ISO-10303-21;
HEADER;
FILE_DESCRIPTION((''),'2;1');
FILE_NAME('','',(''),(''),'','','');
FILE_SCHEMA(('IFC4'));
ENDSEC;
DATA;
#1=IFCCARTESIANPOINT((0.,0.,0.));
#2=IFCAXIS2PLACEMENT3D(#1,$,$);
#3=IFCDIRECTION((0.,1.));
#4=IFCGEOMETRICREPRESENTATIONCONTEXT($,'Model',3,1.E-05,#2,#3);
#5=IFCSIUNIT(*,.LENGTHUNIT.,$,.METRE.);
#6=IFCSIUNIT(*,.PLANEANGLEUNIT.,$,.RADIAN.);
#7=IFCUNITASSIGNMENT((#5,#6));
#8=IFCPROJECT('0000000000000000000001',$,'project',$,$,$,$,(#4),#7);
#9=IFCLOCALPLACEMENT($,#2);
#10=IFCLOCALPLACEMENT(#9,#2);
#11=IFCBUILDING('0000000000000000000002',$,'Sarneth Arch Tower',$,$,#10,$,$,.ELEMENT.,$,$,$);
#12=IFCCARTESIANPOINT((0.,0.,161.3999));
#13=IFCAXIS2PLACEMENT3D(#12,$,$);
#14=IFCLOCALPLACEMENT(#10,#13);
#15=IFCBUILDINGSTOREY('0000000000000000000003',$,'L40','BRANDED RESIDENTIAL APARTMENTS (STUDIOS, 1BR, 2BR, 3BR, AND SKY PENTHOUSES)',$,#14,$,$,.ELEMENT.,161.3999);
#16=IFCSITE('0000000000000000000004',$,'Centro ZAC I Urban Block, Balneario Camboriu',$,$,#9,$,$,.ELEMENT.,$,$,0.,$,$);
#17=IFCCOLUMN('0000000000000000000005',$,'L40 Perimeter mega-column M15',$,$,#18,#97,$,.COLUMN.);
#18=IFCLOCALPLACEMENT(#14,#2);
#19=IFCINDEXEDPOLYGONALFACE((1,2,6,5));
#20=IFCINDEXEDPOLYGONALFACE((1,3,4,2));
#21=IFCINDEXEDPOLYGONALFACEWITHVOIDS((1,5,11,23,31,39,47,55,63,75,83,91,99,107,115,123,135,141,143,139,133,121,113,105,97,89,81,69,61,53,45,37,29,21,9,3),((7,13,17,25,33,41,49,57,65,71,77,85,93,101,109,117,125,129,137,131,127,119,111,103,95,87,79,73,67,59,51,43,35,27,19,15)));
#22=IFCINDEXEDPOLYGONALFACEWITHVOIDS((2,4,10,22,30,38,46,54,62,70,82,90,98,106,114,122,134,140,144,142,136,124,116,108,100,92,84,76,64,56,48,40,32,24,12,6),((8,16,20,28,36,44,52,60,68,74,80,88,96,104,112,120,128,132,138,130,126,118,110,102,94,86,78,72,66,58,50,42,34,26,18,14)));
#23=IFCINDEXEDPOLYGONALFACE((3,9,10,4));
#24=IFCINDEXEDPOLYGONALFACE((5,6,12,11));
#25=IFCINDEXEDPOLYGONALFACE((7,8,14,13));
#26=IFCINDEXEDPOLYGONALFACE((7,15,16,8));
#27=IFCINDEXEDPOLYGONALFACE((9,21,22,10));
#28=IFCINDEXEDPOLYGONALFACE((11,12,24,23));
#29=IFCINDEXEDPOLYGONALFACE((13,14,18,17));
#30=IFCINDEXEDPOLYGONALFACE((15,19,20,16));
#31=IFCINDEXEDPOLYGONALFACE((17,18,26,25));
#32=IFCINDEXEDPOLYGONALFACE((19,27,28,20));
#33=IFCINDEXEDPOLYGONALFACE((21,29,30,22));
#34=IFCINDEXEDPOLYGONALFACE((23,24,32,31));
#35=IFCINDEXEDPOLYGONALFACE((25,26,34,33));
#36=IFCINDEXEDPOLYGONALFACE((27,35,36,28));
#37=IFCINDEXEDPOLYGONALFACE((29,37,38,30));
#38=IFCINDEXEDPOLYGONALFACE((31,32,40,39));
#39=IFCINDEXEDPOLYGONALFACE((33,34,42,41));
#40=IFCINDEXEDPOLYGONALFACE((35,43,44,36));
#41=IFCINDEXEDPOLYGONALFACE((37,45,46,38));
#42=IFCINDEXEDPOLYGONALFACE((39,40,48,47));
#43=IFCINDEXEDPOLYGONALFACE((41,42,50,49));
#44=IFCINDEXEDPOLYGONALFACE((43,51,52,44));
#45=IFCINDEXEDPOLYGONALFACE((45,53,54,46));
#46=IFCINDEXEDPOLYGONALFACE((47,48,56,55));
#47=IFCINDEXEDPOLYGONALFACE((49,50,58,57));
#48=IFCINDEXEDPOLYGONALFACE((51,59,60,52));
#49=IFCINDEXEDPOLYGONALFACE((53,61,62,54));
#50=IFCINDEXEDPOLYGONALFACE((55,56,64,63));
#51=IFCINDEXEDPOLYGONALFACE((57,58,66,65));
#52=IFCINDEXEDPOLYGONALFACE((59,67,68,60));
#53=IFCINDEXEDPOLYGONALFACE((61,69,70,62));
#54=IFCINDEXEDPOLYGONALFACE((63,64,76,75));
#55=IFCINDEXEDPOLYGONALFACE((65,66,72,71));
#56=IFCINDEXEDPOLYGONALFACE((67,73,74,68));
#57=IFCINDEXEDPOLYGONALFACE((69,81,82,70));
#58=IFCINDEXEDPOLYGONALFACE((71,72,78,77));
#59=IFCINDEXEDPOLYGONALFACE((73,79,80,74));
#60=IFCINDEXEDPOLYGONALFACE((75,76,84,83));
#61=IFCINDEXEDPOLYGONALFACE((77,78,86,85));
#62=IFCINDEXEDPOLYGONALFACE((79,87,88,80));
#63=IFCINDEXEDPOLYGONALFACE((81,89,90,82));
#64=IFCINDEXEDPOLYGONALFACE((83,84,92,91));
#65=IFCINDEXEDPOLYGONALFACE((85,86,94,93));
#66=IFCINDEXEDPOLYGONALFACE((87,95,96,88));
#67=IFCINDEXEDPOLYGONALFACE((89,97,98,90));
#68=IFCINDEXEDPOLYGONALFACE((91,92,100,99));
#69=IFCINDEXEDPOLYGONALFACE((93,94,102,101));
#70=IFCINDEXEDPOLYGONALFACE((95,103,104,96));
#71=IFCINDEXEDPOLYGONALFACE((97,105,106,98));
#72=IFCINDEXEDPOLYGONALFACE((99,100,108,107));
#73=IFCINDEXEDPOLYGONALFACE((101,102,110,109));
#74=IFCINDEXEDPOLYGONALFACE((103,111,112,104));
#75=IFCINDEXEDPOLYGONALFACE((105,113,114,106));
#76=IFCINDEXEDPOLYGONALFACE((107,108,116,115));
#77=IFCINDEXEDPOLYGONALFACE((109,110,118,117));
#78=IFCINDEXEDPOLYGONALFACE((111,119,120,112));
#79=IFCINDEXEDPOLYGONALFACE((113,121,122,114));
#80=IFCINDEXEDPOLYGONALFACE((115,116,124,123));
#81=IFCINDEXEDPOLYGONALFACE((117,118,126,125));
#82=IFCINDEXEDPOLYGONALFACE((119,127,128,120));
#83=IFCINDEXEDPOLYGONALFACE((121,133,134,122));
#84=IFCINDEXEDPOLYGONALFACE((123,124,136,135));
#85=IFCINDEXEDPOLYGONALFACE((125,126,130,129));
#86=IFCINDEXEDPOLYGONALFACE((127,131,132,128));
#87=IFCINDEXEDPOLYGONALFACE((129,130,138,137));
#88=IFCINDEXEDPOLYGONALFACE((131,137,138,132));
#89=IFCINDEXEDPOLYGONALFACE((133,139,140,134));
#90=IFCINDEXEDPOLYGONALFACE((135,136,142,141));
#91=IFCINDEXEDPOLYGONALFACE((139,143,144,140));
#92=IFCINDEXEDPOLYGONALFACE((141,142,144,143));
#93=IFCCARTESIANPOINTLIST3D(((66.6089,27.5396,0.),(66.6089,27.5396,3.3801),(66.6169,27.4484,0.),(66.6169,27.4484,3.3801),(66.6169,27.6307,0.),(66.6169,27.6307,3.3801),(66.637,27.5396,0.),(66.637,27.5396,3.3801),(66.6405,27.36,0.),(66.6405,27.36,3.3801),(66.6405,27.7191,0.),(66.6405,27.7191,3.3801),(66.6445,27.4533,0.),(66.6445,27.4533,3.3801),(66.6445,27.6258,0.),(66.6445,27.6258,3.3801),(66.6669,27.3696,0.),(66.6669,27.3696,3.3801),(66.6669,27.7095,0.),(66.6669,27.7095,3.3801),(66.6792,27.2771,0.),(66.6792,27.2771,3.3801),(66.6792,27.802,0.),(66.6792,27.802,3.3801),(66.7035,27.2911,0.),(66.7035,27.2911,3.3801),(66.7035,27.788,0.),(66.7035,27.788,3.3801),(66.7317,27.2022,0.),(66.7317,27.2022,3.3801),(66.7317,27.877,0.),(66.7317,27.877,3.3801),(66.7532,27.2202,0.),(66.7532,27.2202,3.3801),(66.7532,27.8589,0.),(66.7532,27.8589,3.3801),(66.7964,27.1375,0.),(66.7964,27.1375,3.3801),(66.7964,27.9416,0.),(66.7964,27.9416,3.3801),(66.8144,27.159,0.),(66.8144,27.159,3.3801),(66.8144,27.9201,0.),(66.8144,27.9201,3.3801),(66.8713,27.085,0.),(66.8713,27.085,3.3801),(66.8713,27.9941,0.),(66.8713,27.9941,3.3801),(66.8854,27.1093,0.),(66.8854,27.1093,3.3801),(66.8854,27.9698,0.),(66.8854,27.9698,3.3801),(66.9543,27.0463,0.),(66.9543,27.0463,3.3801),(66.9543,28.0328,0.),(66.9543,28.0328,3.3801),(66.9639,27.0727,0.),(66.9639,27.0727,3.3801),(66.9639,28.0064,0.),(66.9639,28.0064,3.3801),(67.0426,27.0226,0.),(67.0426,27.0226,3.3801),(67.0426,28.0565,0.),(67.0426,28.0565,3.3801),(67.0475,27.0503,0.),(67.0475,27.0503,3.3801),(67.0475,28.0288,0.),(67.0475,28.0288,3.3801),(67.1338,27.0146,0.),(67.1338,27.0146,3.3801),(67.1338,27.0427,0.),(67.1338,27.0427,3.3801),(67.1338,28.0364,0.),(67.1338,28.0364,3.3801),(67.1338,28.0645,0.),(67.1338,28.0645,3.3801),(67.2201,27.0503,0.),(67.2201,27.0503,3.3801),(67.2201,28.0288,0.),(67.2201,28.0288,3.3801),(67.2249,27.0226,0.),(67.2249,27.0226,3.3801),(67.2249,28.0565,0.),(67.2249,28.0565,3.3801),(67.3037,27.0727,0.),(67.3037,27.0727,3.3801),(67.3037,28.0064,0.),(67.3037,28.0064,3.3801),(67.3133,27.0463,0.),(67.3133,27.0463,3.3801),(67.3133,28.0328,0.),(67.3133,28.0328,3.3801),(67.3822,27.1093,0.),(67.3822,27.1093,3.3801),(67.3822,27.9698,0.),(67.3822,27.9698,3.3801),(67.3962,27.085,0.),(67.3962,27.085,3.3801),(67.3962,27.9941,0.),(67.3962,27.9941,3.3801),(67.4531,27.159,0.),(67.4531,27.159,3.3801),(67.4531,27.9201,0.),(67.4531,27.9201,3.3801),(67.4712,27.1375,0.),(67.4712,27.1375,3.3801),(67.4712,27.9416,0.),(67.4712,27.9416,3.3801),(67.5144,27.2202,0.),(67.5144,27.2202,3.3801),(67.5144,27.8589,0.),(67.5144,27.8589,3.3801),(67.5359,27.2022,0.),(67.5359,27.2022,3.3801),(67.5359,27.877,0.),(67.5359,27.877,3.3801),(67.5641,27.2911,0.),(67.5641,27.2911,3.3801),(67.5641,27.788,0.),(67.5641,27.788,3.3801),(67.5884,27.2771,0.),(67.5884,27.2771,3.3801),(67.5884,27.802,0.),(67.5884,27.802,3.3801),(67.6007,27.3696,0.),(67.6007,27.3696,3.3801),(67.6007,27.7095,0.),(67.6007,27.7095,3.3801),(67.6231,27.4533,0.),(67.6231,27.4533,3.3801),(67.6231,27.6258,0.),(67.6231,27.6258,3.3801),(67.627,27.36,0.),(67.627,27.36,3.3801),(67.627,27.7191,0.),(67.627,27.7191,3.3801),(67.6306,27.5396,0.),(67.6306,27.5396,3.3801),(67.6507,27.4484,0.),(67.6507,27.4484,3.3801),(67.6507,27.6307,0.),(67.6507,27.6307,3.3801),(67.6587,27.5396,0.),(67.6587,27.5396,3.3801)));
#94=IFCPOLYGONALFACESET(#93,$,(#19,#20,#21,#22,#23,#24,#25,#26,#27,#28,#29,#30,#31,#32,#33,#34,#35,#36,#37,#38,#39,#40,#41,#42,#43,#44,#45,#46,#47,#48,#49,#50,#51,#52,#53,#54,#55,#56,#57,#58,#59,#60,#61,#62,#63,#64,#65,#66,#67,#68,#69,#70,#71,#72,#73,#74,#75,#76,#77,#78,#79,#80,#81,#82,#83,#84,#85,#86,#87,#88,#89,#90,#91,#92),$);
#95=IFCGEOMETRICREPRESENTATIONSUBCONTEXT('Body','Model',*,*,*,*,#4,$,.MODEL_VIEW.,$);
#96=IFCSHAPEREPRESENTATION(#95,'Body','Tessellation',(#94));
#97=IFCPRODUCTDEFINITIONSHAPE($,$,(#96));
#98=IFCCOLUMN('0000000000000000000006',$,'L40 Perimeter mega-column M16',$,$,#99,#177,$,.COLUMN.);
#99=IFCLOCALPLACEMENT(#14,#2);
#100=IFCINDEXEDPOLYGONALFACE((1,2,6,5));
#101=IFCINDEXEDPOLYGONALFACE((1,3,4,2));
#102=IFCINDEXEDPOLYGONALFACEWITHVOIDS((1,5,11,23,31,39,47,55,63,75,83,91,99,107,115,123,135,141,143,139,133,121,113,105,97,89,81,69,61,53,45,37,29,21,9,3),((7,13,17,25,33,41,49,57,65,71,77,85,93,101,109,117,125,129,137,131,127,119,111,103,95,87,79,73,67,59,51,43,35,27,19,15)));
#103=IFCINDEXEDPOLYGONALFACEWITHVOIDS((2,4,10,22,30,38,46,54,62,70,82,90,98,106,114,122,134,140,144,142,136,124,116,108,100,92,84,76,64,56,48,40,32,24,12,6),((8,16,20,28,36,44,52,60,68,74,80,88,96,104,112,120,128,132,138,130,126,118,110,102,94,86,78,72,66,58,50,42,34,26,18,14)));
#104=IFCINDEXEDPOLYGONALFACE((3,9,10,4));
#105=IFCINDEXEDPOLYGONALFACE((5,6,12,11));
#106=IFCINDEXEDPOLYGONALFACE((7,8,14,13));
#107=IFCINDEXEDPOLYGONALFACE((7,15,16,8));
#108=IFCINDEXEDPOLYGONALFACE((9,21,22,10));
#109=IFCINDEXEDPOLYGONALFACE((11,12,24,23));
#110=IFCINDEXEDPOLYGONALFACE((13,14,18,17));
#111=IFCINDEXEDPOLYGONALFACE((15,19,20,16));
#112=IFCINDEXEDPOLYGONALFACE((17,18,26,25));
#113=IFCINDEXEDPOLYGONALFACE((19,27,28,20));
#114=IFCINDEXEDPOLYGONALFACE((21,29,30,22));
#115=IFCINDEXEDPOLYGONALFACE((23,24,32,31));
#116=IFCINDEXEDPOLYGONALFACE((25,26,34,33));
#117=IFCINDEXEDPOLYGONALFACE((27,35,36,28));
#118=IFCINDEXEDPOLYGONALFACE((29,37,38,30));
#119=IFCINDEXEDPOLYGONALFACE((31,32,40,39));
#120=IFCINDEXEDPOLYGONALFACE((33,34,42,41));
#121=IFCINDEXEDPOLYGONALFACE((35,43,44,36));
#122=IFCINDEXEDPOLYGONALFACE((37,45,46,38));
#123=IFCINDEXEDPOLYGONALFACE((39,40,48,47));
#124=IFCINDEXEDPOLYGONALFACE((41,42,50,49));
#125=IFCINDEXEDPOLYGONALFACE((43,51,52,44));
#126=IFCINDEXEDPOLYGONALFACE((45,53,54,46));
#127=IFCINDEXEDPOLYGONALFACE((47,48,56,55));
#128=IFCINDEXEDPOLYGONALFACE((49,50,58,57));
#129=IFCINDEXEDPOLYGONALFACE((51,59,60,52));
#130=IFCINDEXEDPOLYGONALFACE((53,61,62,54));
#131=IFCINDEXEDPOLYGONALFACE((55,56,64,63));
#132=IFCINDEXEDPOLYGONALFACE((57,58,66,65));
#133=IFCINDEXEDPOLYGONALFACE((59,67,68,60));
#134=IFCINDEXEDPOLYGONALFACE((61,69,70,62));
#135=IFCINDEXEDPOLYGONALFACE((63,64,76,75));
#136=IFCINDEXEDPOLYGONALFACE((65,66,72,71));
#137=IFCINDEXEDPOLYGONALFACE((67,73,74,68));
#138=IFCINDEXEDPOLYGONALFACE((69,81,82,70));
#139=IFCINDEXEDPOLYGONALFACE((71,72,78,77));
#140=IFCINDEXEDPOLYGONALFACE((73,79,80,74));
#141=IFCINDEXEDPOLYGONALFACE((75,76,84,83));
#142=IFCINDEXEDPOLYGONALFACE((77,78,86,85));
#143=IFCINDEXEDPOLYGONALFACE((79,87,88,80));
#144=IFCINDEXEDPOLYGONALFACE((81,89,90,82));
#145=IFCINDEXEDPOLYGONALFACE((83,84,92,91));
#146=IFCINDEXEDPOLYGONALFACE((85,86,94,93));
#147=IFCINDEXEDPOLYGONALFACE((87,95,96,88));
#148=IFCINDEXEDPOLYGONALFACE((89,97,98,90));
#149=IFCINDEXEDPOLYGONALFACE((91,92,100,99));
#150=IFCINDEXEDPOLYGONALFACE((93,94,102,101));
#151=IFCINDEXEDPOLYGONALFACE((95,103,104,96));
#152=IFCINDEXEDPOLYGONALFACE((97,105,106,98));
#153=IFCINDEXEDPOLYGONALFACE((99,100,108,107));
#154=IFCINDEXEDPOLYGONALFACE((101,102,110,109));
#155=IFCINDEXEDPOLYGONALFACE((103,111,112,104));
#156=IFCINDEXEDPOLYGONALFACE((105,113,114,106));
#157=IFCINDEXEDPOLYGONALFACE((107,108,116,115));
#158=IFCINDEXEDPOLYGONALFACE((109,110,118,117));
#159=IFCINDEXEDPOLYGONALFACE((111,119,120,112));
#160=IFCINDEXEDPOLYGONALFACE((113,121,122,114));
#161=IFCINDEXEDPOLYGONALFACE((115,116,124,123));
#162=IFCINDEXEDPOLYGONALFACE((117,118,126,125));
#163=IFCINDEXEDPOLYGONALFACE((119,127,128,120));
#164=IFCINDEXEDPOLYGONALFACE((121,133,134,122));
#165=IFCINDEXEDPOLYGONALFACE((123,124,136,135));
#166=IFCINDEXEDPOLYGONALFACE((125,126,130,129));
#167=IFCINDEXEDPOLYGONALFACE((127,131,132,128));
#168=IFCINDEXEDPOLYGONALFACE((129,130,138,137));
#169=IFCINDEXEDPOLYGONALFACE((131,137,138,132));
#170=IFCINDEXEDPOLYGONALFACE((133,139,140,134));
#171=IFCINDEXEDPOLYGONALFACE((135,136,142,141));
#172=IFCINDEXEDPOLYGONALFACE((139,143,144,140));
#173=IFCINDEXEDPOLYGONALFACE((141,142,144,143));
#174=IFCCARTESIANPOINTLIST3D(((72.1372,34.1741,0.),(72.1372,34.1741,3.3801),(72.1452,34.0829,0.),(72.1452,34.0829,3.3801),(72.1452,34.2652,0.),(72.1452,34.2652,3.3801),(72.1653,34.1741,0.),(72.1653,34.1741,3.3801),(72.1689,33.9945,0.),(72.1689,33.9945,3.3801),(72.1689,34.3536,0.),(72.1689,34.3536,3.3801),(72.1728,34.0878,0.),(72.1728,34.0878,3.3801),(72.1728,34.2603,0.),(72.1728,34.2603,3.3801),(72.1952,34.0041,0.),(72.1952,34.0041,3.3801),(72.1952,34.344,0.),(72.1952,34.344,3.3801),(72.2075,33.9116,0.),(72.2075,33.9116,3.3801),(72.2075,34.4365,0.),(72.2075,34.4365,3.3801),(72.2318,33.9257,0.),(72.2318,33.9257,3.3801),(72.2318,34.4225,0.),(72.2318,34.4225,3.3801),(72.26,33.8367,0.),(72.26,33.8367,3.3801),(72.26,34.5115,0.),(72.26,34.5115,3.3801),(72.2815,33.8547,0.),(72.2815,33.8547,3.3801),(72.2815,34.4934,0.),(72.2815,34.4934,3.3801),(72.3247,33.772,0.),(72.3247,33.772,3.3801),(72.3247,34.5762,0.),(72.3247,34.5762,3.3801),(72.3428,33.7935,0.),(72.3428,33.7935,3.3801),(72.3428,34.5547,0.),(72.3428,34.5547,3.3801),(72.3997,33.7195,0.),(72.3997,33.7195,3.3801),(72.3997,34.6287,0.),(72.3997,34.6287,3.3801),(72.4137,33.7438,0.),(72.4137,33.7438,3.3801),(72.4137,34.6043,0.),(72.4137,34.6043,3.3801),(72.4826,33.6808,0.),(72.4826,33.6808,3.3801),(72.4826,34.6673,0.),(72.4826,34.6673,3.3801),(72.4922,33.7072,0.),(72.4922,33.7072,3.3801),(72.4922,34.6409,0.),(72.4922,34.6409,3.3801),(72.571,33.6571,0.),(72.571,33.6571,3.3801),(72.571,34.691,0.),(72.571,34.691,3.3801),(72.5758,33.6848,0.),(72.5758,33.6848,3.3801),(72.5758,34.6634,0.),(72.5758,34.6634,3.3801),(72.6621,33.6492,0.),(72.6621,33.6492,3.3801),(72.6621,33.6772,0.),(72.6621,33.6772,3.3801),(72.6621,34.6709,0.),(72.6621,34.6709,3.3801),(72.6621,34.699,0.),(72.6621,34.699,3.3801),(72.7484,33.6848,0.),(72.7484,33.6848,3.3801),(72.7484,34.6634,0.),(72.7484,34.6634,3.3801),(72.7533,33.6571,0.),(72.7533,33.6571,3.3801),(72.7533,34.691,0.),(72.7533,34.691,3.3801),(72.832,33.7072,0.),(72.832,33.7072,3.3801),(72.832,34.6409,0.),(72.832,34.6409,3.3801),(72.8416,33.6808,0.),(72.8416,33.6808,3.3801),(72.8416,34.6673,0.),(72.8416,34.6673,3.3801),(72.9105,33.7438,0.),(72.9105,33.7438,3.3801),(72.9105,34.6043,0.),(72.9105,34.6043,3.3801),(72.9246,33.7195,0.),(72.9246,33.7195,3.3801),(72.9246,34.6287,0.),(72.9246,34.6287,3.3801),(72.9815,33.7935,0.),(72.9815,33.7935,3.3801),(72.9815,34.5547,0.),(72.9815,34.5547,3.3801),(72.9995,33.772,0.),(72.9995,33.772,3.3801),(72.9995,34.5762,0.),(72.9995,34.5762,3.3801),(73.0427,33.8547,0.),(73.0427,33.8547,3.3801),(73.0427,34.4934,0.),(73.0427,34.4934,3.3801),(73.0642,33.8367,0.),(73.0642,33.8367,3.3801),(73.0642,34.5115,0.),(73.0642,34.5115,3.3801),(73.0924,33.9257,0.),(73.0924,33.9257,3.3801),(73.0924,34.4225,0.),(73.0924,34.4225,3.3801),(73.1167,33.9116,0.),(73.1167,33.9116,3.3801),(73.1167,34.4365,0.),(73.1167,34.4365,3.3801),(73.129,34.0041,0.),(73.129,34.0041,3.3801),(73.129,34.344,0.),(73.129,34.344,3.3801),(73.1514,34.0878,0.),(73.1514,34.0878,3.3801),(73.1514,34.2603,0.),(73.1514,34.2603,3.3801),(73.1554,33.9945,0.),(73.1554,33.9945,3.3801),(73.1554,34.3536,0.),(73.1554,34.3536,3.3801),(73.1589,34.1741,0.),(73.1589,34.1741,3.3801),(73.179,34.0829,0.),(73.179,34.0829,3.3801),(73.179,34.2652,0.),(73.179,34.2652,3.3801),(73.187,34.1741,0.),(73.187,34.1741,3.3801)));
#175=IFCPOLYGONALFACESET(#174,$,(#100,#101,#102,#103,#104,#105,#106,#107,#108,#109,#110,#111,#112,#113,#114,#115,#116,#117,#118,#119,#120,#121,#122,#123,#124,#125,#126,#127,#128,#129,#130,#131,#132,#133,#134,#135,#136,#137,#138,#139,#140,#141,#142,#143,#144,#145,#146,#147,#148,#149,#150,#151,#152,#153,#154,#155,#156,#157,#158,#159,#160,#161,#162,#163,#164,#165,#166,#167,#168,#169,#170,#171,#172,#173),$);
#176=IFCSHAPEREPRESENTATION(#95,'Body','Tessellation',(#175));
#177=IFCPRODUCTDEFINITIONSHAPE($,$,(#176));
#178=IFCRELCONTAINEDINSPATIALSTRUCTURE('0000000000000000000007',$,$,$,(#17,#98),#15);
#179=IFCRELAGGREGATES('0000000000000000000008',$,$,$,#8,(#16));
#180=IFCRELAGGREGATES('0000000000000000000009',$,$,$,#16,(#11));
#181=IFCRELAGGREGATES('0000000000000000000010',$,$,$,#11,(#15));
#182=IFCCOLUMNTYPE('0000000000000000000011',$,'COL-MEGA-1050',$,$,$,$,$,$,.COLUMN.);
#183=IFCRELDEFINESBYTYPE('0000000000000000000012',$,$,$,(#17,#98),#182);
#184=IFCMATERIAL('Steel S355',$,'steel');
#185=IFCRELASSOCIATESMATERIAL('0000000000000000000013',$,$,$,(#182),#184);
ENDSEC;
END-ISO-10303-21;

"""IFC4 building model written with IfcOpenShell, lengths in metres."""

from ifc_helpers import new_model, si_unit, direction, frame, origin, origin_2d, place, context, subcontext, project, spatial, hollow_circle, extrude, material, material_profile, profile_set, type_object, element, save


model = new_model("IFC4")

# Units and contexts
model_context = context("Model", 3, precision=1e-05, world=origin(), true_north=direction((0.0, 1.0)))
body_context = subcontext(model_context, "Body", "Model", "MODEL_VIEW")
ifc_project = project(units=[si_unit("LENGTHUNIT", "METRE"), si_unit("PLANEANGLEUNIT", "RADIAN")], contexts=[model_context])

# Site, building, storey
site_placement = place(None, origin())
site = spatial("IfcSite", under=ifc_project, at=site_placement, Name="Centro ZAC I Urban Block, Balneario Camboriu", CompositionType="ELEMENT", RefElevation=0.0)
building_placement = place(site_placement, origin())
building = spatial("IfcBuilding", under=site, at=building_placement, Name="Sarneth Arch Tower", CompositionType="ELEMENT")
storey_placement = place(building_placement, frame((0.0, 0.0, 161.3999)))
storey = spatial("IfcBuildingStorey", under=building, at=storey_placement, Name="L40", Description="BRANDED RESIDENTIAL APARTMENTS (STUDIOS, 1BR, 2BR, 3BR, AND SKY PENTHOUSES)", CompositionType="ELEMENT", Elevation=161.3999)

# Columns
ifc_material_1 = material(Name="Steel S355", Category="steel")
ifc_material_profile_1 = material_profile(ifc_material_1, hollow_circle(Radius=0.5249, WallThickness=0.0281, at=origin_2d()), Name="CHS1050x28")
ifc_profile_set_1 = profile_set([ifc_material_profile_1], Name="Steel S355")
column_type = type_object("IfcColumnType", Name="COL-MEGA-1050", PredefinedType="COLUMN", material=ifc_profile_set_1)
for number, where, z_axis, x_axis, name in (
    (1, (67.1338, 27.5396, 0.0), (0.0, 0.0, 1.0), (1.0, 0.0, 0.0), "L40 Perimeter mega-column M15"),
    (2, (72.6621, 34.1741, 0.0), (0.0, 0.0, 1.0), (1.0, 0.0, 0.0), "L40 Perimeter mega-column M16"),
):
    element("IfcColumn", number, at=place(storey_placement, frame(where, z_axis=z_axis, x_axis=x_axis)), inside=storey, type_object=column_type, Name=name, PredefinedType="COLUMN", context=body_context, shape_type="SweptSolid", body=[
        extrude(hollow_circle(Radius=0.5249, WallThickness=0.0281, at=origin_2d()), origin(), (0.0, 0.0, 1.0), 3.3801),
    ])

save(model, "model.ifc")
